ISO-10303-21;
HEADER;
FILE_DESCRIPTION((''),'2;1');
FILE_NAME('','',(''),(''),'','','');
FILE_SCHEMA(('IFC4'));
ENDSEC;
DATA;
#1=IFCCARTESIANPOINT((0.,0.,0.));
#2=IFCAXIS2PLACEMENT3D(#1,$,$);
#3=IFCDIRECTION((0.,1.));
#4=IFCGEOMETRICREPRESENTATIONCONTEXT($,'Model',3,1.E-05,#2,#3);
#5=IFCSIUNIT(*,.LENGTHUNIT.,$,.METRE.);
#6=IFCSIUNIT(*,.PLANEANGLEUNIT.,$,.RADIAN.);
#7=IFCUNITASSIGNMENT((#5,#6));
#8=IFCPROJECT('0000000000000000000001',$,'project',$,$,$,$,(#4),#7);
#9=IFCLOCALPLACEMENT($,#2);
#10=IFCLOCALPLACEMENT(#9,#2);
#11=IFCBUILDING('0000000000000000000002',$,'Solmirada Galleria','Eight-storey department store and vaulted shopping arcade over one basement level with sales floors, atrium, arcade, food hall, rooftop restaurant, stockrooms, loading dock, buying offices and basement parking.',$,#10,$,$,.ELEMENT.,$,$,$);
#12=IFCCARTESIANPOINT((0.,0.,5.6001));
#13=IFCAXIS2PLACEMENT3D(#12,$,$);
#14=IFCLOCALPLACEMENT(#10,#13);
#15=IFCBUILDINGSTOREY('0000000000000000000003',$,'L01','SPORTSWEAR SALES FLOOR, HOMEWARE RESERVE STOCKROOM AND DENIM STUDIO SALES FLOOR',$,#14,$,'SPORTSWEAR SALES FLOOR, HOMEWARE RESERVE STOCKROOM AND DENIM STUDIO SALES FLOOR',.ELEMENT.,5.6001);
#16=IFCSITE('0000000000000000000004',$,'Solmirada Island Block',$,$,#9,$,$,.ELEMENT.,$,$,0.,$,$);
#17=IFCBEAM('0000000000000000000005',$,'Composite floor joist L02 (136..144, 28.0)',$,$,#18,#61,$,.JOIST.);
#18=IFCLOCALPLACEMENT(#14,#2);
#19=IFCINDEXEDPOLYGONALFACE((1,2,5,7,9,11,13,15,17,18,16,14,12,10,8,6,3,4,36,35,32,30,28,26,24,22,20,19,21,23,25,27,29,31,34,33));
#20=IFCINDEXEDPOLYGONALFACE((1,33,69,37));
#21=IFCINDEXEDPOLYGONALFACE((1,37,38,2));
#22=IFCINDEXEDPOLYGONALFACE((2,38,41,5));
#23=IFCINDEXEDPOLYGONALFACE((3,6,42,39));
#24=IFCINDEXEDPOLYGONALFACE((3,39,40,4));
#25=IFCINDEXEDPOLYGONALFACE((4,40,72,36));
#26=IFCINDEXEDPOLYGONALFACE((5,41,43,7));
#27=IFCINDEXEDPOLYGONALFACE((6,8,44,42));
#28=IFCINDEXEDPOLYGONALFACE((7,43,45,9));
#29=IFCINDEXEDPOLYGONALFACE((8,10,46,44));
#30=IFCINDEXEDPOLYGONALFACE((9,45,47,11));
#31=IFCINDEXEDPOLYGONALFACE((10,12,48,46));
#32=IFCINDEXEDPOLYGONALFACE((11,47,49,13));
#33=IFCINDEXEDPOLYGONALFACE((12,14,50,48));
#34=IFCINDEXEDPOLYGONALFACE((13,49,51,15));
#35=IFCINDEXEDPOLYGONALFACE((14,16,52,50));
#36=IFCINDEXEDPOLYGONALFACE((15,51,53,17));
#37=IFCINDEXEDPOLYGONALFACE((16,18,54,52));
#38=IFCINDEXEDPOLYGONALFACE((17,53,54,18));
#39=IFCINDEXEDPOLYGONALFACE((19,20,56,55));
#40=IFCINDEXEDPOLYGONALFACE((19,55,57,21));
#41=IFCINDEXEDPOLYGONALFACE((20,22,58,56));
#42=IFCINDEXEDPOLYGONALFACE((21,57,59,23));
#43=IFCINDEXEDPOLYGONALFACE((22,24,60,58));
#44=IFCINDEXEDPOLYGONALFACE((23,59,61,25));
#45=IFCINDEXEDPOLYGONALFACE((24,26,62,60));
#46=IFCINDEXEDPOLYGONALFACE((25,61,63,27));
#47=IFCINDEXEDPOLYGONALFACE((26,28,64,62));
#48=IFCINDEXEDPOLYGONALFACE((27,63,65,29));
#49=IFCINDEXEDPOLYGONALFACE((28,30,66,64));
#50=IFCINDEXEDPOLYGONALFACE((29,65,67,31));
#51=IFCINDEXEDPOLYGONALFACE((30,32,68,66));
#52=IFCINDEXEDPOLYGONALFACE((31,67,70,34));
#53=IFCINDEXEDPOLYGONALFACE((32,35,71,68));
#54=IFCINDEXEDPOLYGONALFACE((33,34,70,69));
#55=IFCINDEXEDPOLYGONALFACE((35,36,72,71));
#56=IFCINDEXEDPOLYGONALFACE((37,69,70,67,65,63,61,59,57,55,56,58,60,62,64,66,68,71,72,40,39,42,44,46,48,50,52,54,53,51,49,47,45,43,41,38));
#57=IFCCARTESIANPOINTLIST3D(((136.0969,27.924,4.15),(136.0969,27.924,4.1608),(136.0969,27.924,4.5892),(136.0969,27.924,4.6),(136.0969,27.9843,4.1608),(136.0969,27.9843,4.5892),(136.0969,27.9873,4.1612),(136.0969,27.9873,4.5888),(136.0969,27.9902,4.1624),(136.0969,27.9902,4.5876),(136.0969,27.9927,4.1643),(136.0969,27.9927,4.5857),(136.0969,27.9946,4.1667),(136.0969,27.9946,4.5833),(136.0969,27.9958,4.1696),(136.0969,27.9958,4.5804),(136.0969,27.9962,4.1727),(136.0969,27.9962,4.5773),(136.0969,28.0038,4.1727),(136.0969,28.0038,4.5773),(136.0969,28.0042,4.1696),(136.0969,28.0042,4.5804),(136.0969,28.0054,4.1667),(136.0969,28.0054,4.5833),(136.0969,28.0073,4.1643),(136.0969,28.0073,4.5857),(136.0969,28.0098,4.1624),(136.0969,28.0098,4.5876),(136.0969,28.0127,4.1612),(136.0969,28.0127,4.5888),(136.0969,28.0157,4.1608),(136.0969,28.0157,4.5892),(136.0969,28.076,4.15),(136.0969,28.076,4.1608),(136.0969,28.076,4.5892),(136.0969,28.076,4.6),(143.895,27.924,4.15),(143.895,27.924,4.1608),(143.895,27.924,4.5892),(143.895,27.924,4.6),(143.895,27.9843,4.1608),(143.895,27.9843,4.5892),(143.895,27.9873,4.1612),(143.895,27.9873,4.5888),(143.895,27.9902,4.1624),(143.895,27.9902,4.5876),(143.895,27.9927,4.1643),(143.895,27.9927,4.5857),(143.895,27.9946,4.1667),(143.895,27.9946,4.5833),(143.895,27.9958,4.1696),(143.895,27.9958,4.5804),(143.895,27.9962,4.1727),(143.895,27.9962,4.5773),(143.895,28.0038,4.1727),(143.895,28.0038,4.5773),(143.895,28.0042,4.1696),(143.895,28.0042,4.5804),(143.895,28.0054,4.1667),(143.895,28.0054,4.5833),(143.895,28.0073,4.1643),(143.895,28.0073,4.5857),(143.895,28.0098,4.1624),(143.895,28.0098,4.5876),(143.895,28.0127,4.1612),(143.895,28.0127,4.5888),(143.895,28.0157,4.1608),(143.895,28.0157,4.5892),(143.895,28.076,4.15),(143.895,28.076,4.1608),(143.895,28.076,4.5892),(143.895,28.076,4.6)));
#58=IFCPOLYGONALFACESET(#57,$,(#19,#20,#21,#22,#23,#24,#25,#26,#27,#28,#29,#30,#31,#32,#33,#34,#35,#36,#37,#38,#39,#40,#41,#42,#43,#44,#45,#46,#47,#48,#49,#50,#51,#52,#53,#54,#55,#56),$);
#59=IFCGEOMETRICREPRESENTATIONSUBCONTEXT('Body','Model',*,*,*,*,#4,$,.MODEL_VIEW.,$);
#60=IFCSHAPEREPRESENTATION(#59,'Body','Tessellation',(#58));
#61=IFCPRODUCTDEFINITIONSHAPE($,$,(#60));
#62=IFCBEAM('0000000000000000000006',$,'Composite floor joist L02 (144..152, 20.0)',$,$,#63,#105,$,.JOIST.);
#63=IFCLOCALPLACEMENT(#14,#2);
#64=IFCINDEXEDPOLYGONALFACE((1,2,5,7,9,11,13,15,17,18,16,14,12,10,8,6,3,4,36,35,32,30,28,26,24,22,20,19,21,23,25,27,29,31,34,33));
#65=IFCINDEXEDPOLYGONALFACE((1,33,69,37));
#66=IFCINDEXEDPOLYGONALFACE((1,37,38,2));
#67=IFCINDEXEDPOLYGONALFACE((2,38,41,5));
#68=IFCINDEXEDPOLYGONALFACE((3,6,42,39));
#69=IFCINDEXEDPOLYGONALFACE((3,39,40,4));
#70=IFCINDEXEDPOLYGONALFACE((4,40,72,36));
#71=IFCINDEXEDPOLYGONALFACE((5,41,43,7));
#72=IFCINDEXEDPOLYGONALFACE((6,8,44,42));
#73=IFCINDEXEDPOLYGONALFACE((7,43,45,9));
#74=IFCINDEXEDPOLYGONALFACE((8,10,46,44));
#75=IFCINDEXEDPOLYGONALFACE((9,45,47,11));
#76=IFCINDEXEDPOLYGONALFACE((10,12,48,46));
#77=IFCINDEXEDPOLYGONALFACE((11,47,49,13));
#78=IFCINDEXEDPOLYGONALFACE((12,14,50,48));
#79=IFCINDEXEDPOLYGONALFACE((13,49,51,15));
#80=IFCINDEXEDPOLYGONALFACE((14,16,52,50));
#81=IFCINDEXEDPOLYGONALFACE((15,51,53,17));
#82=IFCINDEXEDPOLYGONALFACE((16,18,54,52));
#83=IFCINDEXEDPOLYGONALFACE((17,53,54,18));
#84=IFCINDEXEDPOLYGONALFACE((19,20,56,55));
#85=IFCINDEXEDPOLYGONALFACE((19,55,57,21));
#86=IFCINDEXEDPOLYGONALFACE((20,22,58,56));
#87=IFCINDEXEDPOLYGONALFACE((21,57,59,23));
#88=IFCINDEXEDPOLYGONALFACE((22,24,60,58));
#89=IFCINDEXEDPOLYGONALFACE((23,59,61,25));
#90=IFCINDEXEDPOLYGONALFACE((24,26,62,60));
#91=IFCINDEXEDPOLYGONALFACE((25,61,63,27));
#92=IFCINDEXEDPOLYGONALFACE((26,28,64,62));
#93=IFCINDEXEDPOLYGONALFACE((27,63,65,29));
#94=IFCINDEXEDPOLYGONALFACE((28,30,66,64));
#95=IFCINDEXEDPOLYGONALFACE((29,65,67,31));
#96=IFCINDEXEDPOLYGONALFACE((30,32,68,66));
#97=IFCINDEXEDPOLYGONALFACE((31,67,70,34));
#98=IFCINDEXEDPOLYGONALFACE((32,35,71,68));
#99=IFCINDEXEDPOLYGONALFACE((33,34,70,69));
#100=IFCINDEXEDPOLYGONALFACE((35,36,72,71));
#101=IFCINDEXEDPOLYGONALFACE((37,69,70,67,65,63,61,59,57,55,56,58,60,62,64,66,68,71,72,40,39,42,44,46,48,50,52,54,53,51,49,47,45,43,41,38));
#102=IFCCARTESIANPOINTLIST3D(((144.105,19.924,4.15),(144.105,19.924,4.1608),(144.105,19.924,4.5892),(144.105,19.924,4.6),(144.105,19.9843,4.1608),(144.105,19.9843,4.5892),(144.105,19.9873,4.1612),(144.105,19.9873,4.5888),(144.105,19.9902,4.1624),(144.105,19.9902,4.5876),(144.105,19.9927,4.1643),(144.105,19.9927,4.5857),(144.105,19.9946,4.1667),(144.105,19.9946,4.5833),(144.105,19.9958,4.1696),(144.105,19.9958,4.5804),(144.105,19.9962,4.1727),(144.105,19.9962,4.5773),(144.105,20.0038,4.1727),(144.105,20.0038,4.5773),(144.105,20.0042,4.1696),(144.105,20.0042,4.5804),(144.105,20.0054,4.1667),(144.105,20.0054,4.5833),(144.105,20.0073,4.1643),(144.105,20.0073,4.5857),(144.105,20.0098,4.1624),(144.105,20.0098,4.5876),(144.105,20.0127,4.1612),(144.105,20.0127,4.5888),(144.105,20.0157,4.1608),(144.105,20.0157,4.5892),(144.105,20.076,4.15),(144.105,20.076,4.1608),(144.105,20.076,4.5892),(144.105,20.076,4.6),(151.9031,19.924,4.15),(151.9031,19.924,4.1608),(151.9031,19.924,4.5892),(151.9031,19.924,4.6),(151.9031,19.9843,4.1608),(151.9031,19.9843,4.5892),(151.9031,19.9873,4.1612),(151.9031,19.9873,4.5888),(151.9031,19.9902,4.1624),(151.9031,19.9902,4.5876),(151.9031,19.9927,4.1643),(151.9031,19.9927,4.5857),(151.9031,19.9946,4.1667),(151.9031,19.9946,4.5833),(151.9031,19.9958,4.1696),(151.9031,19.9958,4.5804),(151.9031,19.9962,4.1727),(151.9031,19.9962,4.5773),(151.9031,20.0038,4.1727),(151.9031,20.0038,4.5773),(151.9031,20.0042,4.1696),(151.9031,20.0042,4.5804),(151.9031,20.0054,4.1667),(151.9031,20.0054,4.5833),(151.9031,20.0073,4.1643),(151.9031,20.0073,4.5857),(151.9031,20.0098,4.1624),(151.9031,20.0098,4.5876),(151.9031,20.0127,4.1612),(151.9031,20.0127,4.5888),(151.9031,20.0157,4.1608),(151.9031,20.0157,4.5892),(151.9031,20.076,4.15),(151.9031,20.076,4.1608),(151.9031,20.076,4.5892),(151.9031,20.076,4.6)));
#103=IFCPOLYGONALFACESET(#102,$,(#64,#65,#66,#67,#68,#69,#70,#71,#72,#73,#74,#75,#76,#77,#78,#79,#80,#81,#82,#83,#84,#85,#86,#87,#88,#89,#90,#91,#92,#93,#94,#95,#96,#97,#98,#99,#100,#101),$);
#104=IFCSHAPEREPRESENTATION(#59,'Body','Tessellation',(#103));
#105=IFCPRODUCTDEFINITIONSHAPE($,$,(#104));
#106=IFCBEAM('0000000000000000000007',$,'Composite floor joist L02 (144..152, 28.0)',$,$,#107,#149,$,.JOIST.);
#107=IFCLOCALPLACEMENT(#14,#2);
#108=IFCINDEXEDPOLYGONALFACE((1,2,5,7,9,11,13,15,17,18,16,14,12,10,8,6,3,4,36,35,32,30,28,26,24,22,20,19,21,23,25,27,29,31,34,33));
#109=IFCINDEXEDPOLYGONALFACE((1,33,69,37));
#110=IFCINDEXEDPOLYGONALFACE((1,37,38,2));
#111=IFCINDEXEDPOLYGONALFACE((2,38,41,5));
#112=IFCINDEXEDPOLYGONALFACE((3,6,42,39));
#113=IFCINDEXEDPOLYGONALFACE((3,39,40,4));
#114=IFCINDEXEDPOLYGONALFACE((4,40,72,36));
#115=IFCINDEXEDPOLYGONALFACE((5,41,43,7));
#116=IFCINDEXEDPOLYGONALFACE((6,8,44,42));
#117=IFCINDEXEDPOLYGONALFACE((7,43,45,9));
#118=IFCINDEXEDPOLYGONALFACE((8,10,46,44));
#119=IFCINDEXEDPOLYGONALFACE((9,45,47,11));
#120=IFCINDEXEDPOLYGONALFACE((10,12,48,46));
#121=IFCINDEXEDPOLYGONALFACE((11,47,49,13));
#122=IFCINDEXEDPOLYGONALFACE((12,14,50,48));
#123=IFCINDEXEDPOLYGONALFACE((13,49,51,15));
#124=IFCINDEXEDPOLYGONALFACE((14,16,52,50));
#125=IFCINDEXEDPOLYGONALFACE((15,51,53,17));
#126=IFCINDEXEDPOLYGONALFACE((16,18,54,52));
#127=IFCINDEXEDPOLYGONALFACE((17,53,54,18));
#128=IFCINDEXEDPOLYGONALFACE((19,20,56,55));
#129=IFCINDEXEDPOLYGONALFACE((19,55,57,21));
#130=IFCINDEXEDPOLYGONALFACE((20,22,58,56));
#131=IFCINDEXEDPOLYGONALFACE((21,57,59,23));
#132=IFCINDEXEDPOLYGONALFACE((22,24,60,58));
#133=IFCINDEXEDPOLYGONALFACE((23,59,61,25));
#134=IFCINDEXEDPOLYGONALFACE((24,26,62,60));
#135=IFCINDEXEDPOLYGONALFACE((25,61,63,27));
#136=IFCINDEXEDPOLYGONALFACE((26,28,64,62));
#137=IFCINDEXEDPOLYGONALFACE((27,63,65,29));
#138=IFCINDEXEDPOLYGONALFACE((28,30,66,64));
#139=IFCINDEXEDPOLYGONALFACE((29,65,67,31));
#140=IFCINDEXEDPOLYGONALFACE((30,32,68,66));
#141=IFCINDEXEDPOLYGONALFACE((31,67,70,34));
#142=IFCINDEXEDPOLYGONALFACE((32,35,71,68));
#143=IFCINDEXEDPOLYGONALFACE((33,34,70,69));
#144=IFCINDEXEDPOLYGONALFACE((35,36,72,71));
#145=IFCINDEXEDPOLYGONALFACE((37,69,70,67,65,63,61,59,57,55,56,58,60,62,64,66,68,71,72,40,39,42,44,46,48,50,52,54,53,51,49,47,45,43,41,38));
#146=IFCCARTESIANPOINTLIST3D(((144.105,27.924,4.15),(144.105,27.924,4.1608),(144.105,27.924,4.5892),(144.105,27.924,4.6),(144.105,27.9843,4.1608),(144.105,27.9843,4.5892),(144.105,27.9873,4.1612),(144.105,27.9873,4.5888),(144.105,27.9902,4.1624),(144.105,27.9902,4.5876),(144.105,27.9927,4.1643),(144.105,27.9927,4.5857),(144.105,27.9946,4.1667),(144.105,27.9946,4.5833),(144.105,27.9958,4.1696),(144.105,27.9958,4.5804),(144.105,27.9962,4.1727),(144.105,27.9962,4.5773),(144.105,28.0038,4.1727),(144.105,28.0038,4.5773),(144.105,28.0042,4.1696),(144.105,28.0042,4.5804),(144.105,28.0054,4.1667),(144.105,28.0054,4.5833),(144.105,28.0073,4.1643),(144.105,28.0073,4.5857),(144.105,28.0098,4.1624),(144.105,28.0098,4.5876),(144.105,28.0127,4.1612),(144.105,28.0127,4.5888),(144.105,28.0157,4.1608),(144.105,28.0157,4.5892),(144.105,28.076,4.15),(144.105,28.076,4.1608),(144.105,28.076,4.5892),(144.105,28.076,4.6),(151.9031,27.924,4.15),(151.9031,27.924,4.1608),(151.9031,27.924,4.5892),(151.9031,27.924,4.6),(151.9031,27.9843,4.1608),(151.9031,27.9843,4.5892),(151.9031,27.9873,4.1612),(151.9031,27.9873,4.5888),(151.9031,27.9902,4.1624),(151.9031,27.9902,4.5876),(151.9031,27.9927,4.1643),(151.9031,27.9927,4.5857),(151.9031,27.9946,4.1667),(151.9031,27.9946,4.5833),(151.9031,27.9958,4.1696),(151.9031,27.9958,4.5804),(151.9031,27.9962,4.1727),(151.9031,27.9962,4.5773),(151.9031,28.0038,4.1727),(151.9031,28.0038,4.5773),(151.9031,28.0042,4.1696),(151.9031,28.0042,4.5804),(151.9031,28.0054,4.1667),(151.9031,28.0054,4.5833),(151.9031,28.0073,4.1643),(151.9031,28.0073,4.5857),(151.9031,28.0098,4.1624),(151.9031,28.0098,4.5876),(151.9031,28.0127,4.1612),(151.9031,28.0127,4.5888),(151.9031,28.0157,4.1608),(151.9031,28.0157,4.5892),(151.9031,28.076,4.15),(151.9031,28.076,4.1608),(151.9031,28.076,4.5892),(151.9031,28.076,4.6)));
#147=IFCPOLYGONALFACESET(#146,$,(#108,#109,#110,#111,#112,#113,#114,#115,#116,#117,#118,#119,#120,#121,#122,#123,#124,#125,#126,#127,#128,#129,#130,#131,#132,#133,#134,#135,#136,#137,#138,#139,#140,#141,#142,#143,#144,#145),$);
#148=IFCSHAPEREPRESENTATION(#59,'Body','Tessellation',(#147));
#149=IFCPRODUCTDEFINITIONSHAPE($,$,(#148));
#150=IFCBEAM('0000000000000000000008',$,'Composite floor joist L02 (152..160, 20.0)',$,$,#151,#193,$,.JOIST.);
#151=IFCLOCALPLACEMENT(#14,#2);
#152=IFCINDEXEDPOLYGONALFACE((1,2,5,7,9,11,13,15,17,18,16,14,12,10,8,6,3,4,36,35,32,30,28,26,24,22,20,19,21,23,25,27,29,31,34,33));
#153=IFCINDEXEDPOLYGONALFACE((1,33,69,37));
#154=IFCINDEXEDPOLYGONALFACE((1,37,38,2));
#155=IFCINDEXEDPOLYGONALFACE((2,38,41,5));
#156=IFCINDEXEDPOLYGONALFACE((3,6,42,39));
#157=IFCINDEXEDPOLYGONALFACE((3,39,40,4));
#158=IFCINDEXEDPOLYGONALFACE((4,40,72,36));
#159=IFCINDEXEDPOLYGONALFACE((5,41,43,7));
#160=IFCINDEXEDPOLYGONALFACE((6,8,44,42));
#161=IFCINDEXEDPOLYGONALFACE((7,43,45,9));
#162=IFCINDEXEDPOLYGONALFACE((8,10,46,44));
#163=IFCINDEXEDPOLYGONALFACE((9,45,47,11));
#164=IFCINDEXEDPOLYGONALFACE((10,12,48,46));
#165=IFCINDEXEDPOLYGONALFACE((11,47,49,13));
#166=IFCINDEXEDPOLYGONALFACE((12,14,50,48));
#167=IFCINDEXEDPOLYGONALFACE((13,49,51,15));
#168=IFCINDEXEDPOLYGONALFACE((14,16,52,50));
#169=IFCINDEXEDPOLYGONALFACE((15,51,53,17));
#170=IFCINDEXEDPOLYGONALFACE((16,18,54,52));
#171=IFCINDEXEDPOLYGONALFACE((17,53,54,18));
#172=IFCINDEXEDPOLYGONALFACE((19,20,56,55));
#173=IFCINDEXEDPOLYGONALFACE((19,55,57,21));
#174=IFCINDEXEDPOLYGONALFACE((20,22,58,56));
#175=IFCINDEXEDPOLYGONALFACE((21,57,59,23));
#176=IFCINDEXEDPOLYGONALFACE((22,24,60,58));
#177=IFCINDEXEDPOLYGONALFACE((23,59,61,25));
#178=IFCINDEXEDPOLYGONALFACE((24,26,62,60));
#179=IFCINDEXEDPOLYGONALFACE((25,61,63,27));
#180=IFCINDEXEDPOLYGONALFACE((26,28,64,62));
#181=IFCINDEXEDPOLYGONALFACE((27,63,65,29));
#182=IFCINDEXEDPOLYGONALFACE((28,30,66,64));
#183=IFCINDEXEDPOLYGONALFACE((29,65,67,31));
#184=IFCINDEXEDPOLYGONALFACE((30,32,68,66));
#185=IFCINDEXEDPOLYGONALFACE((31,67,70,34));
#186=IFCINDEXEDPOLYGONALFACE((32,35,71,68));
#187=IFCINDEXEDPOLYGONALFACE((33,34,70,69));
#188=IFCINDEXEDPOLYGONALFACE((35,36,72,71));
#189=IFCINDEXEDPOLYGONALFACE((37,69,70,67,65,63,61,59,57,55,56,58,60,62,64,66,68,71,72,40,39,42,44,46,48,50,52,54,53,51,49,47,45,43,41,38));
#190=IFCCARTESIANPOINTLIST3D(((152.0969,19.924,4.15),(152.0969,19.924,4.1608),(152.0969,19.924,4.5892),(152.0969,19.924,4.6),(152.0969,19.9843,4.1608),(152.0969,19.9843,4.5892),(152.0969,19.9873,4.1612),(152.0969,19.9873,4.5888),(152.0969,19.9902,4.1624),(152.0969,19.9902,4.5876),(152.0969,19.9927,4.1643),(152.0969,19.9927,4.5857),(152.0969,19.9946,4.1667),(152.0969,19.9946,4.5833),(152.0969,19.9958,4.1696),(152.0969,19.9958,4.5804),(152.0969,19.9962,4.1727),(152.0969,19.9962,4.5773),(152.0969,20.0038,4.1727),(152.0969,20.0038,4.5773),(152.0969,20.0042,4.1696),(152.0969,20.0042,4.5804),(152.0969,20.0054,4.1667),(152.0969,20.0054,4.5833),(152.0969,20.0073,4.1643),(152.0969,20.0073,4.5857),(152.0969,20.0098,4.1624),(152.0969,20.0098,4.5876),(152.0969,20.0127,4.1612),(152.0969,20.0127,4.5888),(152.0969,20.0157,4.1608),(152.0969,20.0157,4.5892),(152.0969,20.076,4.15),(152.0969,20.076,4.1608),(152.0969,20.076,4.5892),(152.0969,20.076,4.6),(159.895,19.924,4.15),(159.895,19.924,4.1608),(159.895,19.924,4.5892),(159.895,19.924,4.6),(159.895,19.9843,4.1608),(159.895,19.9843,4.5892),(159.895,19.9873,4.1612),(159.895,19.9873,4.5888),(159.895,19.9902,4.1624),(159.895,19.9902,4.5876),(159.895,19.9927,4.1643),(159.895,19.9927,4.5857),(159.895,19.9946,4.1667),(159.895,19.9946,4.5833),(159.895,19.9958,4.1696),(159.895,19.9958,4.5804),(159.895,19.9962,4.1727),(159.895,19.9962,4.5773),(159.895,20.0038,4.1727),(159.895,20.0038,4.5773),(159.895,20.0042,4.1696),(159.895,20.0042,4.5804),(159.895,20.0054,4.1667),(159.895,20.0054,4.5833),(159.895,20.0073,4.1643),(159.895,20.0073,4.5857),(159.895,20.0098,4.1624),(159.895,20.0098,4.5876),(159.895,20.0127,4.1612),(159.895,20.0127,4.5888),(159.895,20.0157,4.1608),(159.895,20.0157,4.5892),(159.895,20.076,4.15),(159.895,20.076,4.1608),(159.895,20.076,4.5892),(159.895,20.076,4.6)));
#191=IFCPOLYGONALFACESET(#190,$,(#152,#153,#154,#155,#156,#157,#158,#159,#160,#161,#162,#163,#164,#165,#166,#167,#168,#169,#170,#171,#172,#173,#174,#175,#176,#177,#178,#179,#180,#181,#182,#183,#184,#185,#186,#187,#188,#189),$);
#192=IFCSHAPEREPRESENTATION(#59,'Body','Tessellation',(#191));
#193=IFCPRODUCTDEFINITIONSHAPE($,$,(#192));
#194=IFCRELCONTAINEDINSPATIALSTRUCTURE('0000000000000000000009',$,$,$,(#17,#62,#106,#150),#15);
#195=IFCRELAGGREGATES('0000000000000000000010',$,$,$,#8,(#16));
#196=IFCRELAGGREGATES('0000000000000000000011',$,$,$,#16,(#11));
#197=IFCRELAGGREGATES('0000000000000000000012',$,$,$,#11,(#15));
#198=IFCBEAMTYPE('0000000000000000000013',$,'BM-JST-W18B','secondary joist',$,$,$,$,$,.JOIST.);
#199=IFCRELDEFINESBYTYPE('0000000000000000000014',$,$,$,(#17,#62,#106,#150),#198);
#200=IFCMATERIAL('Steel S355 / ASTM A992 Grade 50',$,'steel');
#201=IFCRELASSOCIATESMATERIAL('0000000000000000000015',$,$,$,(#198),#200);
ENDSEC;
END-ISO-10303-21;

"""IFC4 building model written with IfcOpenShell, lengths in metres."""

from ifc_helpers import new_model, si_unit, direction, frame, origin, origin_2d, place, context, subcontext, project, spatial, i_section, extrude, material, material_profile, profile_set, type_object, element, save


model = new_model("IFC4")

# Units and contexts
model_context = context("Model", 3, precision=1e-05, world=origin(), true_north=direction((0.0, 1.0)))
body_context = subcontext(model_context, "Body", "Model", "MODEL_VIEW")
ifc_project = project(units=[si_unit("LENGTHUNIT", "METRE"), si_unit("PLANEANGLEUNIT", "RADIAN")], contexts=[model_context])

# Site, building, storey
site_placement = place(None, origin())
site = spatial("IfcSite", under=ifc_project, at=site_placement, Name="Solmirada Island Block", CompositionType="ELEMENT", RefElevation=0.0)
building_placement = place(site_placement, origin())
building = spatial("IfcBuilding", under=site, at=building_placement, Name="Solmirada Galleria", Description="Eight-storey department store and vaulted shopping arcade over one basement level with sales floors, atrium, arcade, food hall, rooftop restaurant, stockrooms, loading dock, buying offices and basement parking.", CompositionType="ELEMENT")
storey_placement = place(building_placement, frame((0.0, 0.0, 5.6001)))
storey = spatial("IfcBuildingStorey", under=building, at=storey_placement, Name="L01", Description="SPORTSWEAR SALES FLOOR, HOMEWARE RESERVE STOCKROOM AND DENIM STUDIO SALES FLOOR", LongName="SPORTSWEAR SALES FLOOR, HOMEWARE RESERVE STOCKROOM AND DENIM STUDIO SALES FLOOR", CompositionType="ELEMENT", Elevation=5.6001)

# Beams
ifc_material_1 = material(Name="Steel S355 / ASTM A992 Grade 50", Category="steel")
ifc_material_profile_1 = material_profile(ifc_material_1, i_section(OverallWidth=0.1521, OverallDepth=0.45, WebThickness=0.0076, FlangeThickness=0.0107, FilletRadius=0.012, at=origin_2d()), Name="W18X35")
ifc_profile_set_1 = profile_set([ifc_material_profile_1], Name="Steel S355 / ASTM A992 Grade 50")
beam_type_1 = type_object("IfcBeamType", Name="BM-JST-W18B", Description="secondary joist", PredefinedType="JOIST", material=ifc_profile_set_1)
for number, where, z_axis, x_axis, name in (
    (1, (136.0969, 28.0, 4.375), (1.0, 0.0, 0.0), (0.0, 1.0, 0.0), "Composite floor joist L02 (136..144, 28.0)"),
    (2, (144.105, 20.0, 4.375), (1.0, 0.0, 0.0), (0.0, 1.0, 0.0), "Composite floor joist L02 (144..152, 20.0)"),
    (3, (144.105, 28.0, 4.375), (1.0, 0.0, 0.0), (0.0, 1.0, 0.0), "Composite floor joist L02 (144..152, 28.0)"),
    (4, (152.0969, 20.0, 4.375), (1.0, 0.0, 0.0), (0.0, 1.0, 0.0), "Composite floor joist L02 (152..160, 20.0)"),
):
    element("IfcBeam", number, at=place(storey_placement, frame(where, z_axis=z_axis, x_axis=x_axis)), inside=storey, type_object=beam_type_1, Name=name, PredefinedType="JOIST", context=body_context, shape_type="SweptSolid", body=[
        extrude(i_section(OverallWidth=0.1521, OverallDepth=0.45, WebThickness=0.0076, FlangeThickness=0.0107, FilletRadius=0.012, at=origin_2d()), origin(), (0.0, 0.0, 1.0), 7.7981),
    ])

save(model, "model.ifc")
